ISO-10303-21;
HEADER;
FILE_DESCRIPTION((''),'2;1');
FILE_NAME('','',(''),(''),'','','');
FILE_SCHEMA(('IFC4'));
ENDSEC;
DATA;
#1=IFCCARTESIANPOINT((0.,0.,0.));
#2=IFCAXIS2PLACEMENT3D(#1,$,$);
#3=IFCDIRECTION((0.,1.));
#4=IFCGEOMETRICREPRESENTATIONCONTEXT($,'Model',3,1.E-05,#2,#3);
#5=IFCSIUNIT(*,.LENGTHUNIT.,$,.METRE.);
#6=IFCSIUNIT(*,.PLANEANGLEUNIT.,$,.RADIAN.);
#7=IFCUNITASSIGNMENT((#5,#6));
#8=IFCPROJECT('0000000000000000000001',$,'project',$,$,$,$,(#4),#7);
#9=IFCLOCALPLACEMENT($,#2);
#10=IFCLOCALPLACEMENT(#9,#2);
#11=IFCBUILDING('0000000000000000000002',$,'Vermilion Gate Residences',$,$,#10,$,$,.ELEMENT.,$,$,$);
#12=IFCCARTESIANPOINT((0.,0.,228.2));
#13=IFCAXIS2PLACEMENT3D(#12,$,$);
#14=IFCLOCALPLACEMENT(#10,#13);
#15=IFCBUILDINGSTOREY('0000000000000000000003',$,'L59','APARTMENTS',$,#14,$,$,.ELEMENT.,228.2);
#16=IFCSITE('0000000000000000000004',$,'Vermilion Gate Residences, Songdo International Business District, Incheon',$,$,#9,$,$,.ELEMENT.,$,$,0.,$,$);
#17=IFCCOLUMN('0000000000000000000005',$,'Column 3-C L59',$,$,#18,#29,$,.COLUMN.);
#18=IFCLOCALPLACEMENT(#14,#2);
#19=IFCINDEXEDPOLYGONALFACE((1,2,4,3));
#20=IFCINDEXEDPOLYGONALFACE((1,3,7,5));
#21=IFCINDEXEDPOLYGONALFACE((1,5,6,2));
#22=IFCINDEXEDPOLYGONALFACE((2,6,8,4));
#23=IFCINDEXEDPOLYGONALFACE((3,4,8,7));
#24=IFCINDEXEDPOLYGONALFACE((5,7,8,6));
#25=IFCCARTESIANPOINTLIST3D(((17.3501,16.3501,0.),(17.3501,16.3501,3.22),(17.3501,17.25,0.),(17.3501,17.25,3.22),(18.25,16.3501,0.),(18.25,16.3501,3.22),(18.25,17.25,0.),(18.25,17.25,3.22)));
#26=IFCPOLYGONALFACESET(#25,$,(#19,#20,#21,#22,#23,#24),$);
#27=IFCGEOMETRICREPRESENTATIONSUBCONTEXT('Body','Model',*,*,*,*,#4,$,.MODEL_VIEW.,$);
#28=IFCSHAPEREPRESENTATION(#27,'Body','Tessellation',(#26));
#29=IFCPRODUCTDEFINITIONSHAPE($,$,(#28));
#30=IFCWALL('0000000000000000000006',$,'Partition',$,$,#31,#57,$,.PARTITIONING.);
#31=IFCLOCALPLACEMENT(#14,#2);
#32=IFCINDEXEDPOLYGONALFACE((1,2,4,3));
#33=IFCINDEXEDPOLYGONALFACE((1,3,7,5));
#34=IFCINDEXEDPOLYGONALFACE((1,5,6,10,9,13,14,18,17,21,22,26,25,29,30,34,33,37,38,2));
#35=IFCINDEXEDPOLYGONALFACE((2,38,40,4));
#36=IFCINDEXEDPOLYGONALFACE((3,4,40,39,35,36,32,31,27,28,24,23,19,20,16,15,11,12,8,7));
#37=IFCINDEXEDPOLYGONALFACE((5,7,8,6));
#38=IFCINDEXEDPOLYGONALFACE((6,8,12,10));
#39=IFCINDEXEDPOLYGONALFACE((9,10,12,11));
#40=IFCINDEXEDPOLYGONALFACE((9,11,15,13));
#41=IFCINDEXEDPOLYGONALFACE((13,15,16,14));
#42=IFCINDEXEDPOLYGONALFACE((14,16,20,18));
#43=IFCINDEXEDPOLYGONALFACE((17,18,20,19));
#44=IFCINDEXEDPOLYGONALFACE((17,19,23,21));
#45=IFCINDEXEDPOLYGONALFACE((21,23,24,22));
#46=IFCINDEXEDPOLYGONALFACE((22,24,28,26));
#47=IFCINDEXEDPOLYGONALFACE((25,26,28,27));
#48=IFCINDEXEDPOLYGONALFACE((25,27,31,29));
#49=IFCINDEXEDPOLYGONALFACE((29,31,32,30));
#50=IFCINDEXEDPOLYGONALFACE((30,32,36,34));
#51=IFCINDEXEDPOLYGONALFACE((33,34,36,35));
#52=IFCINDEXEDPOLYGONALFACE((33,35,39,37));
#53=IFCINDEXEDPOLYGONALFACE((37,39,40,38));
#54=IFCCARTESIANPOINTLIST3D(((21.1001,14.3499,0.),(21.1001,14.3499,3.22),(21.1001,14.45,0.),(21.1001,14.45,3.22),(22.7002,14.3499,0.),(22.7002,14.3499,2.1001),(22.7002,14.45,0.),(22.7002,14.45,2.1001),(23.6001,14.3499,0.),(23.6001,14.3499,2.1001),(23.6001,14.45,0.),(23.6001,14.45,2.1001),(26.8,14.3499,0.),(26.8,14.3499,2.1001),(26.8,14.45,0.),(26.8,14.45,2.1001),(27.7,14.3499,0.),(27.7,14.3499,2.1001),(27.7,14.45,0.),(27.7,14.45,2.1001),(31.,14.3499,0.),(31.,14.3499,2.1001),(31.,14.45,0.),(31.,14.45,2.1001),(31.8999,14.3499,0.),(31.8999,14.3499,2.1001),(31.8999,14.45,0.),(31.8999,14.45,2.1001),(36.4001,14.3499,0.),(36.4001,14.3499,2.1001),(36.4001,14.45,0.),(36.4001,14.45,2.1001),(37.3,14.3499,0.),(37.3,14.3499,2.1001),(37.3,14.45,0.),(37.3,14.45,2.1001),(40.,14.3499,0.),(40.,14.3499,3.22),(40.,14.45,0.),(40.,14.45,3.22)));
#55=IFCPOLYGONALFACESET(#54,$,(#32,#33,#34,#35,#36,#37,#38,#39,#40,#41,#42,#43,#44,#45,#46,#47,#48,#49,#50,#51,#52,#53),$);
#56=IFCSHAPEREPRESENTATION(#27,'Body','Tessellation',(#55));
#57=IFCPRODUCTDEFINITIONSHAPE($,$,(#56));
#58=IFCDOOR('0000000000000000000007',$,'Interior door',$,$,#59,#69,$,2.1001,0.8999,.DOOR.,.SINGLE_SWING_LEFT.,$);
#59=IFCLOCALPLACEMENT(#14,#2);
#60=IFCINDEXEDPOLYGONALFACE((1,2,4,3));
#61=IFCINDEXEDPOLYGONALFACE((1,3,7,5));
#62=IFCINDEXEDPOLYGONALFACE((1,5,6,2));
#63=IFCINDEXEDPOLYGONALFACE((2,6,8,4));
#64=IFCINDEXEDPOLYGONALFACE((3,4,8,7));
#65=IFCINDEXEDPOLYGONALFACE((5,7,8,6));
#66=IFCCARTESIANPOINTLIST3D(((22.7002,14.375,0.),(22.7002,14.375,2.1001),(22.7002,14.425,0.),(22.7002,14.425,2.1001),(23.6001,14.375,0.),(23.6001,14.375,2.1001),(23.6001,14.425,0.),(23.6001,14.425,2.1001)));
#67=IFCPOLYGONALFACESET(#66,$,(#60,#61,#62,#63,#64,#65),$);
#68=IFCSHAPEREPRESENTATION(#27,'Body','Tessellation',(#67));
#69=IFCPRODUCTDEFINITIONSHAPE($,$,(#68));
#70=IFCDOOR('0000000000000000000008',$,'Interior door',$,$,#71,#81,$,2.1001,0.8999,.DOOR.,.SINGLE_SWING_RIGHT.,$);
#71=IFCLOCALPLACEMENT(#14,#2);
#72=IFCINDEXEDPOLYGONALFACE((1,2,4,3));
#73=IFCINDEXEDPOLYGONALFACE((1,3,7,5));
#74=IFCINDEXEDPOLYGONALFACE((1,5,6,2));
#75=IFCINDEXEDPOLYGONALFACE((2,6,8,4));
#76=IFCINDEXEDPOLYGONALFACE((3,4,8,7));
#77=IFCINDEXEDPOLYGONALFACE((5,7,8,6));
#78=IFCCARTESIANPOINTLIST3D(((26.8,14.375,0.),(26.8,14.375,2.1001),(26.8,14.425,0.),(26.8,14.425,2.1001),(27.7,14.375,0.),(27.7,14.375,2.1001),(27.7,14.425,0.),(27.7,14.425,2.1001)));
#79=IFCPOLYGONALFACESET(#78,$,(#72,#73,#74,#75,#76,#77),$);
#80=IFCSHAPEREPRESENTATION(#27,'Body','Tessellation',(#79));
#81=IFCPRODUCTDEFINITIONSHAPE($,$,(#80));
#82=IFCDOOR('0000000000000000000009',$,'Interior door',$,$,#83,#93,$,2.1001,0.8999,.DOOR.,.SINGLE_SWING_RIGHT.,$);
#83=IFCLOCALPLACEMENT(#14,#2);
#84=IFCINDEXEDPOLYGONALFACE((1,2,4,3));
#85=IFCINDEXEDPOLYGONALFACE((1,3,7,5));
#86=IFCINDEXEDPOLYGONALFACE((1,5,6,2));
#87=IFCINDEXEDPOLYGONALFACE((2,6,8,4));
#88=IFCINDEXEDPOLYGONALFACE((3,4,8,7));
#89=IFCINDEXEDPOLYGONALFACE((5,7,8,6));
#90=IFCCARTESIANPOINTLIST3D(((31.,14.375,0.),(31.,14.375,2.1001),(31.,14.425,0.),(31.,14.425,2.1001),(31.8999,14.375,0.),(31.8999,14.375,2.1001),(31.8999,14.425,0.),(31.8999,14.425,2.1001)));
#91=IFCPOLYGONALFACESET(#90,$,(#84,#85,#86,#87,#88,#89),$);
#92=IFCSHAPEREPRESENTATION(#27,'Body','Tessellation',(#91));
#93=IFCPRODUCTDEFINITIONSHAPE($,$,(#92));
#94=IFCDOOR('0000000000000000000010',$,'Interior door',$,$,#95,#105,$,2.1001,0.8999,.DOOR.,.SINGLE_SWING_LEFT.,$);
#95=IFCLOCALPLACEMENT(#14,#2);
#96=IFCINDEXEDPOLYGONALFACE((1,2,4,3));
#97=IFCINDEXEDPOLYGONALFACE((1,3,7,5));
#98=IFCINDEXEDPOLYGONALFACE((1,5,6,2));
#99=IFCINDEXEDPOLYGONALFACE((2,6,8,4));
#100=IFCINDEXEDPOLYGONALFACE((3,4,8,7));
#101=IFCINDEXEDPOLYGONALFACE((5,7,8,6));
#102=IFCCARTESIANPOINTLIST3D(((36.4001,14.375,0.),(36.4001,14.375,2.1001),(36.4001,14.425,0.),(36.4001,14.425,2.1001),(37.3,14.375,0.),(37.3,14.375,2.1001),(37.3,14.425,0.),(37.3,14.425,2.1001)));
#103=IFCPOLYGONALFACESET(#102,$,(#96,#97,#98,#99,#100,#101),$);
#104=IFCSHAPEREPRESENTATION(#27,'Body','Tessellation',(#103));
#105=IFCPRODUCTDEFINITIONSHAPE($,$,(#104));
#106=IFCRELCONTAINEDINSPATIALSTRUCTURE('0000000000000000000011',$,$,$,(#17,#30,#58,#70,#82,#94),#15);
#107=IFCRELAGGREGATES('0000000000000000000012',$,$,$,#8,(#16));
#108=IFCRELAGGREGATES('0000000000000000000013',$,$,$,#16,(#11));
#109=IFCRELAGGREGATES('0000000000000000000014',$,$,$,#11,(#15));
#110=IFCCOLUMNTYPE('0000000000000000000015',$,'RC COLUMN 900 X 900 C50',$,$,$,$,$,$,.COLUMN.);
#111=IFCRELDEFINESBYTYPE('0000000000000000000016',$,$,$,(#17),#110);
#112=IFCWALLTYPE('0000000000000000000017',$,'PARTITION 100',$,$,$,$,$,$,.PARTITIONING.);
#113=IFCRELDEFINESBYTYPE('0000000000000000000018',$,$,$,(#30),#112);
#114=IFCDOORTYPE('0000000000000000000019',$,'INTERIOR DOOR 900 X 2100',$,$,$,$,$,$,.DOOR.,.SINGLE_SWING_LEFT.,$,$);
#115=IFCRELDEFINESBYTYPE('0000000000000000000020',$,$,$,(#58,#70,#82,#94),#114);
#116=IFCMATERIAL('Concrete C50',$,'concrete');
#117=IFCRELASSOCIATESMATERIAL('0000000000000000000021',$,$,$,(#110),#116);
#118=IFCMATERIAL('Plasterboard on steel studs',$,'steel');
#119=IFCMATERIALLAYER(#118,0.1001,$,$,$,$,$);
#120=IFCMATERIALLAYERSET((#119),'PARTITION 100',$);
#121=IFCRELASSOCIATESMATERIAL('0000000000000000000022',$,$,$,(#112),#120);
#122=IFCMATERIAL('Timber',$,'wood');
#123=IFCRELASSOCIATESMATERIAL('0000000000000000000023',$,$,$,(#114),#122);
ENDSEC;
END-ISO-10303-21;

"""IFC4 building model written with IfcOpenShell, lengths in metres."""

from ifc_helpers import new_model, si_unit, direction, frame, frame_2d, origin, origin_2d, place, context, subcontext, project, spatial, rectangle, extrude, material, layer, layer_set, material_profile, profile_set, type_object, element, fill, save


model = new_model("IFC4")

# Units and contexts
model_context = context("Model", 3, precision=1e-05, world=origin(), true_north=direction((0.0, 1.0)))
body_context = subcontext(model_context, "Body", "Model", "MODEL_VIEW")
ifc_project = project(units=[si_unit("LENGTHUNIT", "METRE"), si_unit("PLANEANGLEUNIT", "RADIAN")], contexts=[model_context])

# Site, building, storey
site_placement = place(None, origin())
site = spatial("IfcSite", under=ifc_project, at=site_placement, Name="Vermilion Gate Residences, Songdo International Business District, Incheon", CompositionType="ELEMENT", RefElevation=0.0)
building_placement = place(site_placement, origin())
building = spatial("IfcBuilding", under=site, at=building_placement, Name="Vermilion Gate Residences", CompositionType="ELEMENT")
storey_placement = place(building_placement, frame((0.0, 0.0, 228.2)))
storey = spatial("IfcBuildingStorey", under=building, at=storey_placement, Name="L59", Description="APARTMENTS", CompositionType="ELEMENT", Elevation=228.2)

# Column
ifc_material_1 = material(Name="Concrete C50", Category="concrete")
ifc_material_profile = material_profile(ifc_material_1, rectangle(XDim=0.8999, YDim=0.8999, at=origin_2d()), Name="RC-900x900")
ifc_profile_set = profile_set([ifc_material_profile], Name="Concrete C50")
column_type = type_object("IfcColumnType", Name="RC COLUMN 900 X 900 C50", PredefinedType="COLUMN", material=ifc_profile_set)
column_placement = place(storey_placement, frame((17.8, 16.8, 0.0), z_axis=(0.0, 0.0, 1.0), x_axis=(1.0, 0.0, 0.0)))
element("IfcColumn", 1, at=column_placement, inside=storey, type_object=column_type, Name="Column 3-C L59", PredefinedType="COLUMN", context=body_context, shape_type="SweptSolid", body=[
    extrude(rectangle(XDim=0.8999, YDim=0.8999, at=origin_2d()), origin(), (0.0, 0.0, 1.0), 3.22),
])

# Wall, openings, doors
ifc_material_2 = material(Name="Plasterboard on steel studs", Category="steel")
ifc_layer_1 = layer(ifc_material_2, 0.1001)
ifc_layer_set_1 = layer_set([ifc_layer_1], Name="PARTITION 100")
wall_type_1 = type_object("IfcWallType", Name="PARTITION 100", PredefinedType="PARTITIONING", material=ifc_layer_set_1)
wall_1_placement = place(storey_placement, frame((21.1001, 14.3999, 0.0), z_axis=(0.0, 0.0, 1.0), x_axis=(1.0, 0.0, 0.0)))
wall_1 = element("IfcWall", 2, at=wall_1_placement, inside=storey, type_object=wall_type_1, Name="Partition", PredefinedType="PARTITIONING", context=body_context, shape_type="SweptSolid", body=[
    extrude(rectangle(XDim=18.8999, YDim=0.1001, at=frame_2d((9.45, 0.0))), origin(), (0.0, 0.0, 1.0), 3.22),
])
opening_1_placement = place(wall_1_placement, frame((1.6001, 0.0, 0.0)))
opening_1 = element("IfcOpeningElement", 3, at=opening_1_placement, cuts=wall_1, PredefinedType="OPENING", context=body_context, shape_type="SweptSolid", body=[
    extrude(rectangle(XDim=0.8999, YDim=2.1001, at=frame_2d((0.45, 1.05))), frame((0.0, 0.0601, 0.0), z_axis=(0.0, -1.0, 0.0), x_axis=(1.0, 0.0, 0.0)), (0.0, 0.0, 1.0), 0.1201),
])
opening_2_placement = place(wall_1_placement, frame((5.7, 0.0, 0.0)))
opening_2 = element("IfcOpeningElement", 4, at=opening_2_placement, cuts=wall_1, PredefinedType="OPENING", context=body_context, shape_type="SweptSolid", body=[
    extrude(rectangle(XDim=0.8999, YDim=2.1001, at=frame_2d((0.45, 1.05))), frame((0.0, 0.0601, 0.0), z_axis=(0.0, -1.0, 0.0), x_axis=(1.0, 0.0, 0.0)), (0.0, 0.0, 1.0), 0.1201),
])
opening_3_placement = place(wall_1_placement, frame((9.8999, 0.0, 0.0)))
opening_3 = element("IfcOpeningElement", 5, at=opening_3_placement, cuts=wall_1, PredefinedType="OPENING", context=body_context, shape_type="SweptSolid", body=[
    extrude(rectangle(XDim=0.8999, YDim=2.1001, at=frame_2d((0.45, 1.05))), frame((0.0, 0.0601, 0.0), z_axis=(0.0, -1.0, 0.0), x_axis=(1.0, 0.0, 0.0)), (0.0, 0.0, 1.0), 0.1201),
])
opening_4_placement = place(wall_1_placement, frame((15.3, 0.0, 0.0)))
opening_4 = element("IfcOpeningElement", 6, at=opening_4_placement, cuts=wall_1, PredefinedType="OPENING", context=body_context, shape_type="SweptSolid", body=[
    extrude(rectangle(XDim=0.8999, YDim=2.1001, at=frame_2d((0.45, 1.05))), frame((0.0, 0.0601, 0.0), z_axis=(0.0, -1.0, 0.0), x_axis=(1.0, 0.0, 0.0)), (0.0, 0.0, 1.0), 0.1201),
])
ifc_material_3 = material(Name="Timber", Category="wood")
door_type_1 = type_object("IfcDoorType", Name="INTERIOR DOOR 900 X 2100", OperationType="SINGLE_SWING_LEFT", PredefinedType="DOOR", material=ifc_material_3)
door_1_placement = place(opening_1_placement, frame((0.8999, 0.0, 0.0), z_axis=(0.0, 0.0, 1.0), x_axis=(-1.0, 0.0, 0.0)))
door_1 = element("IfcDoor", 7, at=door_1_placement, inside=storey, type_object=door_type_1, Name="Interior door", OperationType="SINGLE_SWING_LEFT", OverallHeight=2.1001, OverallWidth=0.8999, PredefinedType="DOOR", context=body_context, shape_type="SweptSolid", body=[
    extrude(rectangle(XDim=0.8999, YDim=2.1001, at=frame_2d((0.45, 1.05))), frame((0.0, 0.0249, 0.0), z_axis=(0.0, -1.0, 0.0), x_axis=(1.0, 0.0, 0.0)), (0.0, 0.0, 1.0), 0.05),
])
fill(opening_1, door_1)
door_2_placement = place(opening_2_placement, frame((0.8999, 0.0, 0.0), z_axis=(0.0, 0.0, 1.0), x_axis=(-1.0, 0.0, 0.0)))
door_2 = element("IfcDoor", 8, at=door_2_placement, inside=storey, type_object=door_type_1, Name="Interior door", OperationType="SINGLE_SWING_RIGHT", OverallHeight=2.1001, OverallWidth=0.8999, PredefinedType="DOOR", context=body_context, shape_type="SweptSolid", body=[
    extrude(rectangle(XDim=0.8999, YDim=2.1001, at=frame_2d((0.45, 1.05))), frame((0.0, 0.0249, 0.0), z_axis=(0.0, -1.0, 0.0), x_axis=(1.0, 0.0, 0.0)), (0.0, 0.0, 1.0), 0.05),
])
fill(opening_2, door_2)
door_3_placement = place(opening_3_placement, frame((0.8999, 0.0, 0.0), z_axis=(0.0, 0.0, 1.0), x_axis=(-1.0, 0.0, 0.0)))
door_3 = element("IfcDoor", 9, at=door_3_placement, inside=storey, type_object=door_type_1, Name="Interior door", OperationType="SINGLE_SWING_RIGHT", OverallHeight=2.1001, OverallWidth=0.8999, PredefinedType="DOOR", context=body_context, shape_type="SweptSolid", body=[
    extrude(rectangle(XDim=0.8999, YDim=2.1001, at=frame_2d((0.45, 1.05))), frame((0.0, 0.0249, 0.0), z_axis=(0.0, -1.0, 0.0), x_axis=(1.0, 0.0, 0.0)), (0.0, 0.0, 1.0), 0.05),
])
fill(opening_3, door_3)
door_4_placement = place(opening_4_placement, frame((0.8999, 0.0, 0.0), z_axis=(0.0, 0.0, 1.0), x_axis=(-1.0, 0.0, 0.0)))
door_4 = element("IfcDoor", 10, at=door_4_placement, inside=storey, type_object=door_type_1, Name="Interior door", OperationType="SINGLE_SWING_LEFT", OverallHeight=2.1001, OverallWidth=0.8999, PredefinedType="DOOR", context=body_context, shape_type="SweptSolid", body=[
    extrude(rectangle(XDim=0.8999, YDim=2.1001, at=frame_2d((0.45, 1.05))), frame((0.0, 0.0249, 0.0), z_axis=(0.0, -1.0, 0.0), x_axis=(1.0, 0.0, 0.0)), (0.0, 0.0, 1.0), 0.05),
])
fill(opening_4, door_4)

save(model, "model.ifc")
